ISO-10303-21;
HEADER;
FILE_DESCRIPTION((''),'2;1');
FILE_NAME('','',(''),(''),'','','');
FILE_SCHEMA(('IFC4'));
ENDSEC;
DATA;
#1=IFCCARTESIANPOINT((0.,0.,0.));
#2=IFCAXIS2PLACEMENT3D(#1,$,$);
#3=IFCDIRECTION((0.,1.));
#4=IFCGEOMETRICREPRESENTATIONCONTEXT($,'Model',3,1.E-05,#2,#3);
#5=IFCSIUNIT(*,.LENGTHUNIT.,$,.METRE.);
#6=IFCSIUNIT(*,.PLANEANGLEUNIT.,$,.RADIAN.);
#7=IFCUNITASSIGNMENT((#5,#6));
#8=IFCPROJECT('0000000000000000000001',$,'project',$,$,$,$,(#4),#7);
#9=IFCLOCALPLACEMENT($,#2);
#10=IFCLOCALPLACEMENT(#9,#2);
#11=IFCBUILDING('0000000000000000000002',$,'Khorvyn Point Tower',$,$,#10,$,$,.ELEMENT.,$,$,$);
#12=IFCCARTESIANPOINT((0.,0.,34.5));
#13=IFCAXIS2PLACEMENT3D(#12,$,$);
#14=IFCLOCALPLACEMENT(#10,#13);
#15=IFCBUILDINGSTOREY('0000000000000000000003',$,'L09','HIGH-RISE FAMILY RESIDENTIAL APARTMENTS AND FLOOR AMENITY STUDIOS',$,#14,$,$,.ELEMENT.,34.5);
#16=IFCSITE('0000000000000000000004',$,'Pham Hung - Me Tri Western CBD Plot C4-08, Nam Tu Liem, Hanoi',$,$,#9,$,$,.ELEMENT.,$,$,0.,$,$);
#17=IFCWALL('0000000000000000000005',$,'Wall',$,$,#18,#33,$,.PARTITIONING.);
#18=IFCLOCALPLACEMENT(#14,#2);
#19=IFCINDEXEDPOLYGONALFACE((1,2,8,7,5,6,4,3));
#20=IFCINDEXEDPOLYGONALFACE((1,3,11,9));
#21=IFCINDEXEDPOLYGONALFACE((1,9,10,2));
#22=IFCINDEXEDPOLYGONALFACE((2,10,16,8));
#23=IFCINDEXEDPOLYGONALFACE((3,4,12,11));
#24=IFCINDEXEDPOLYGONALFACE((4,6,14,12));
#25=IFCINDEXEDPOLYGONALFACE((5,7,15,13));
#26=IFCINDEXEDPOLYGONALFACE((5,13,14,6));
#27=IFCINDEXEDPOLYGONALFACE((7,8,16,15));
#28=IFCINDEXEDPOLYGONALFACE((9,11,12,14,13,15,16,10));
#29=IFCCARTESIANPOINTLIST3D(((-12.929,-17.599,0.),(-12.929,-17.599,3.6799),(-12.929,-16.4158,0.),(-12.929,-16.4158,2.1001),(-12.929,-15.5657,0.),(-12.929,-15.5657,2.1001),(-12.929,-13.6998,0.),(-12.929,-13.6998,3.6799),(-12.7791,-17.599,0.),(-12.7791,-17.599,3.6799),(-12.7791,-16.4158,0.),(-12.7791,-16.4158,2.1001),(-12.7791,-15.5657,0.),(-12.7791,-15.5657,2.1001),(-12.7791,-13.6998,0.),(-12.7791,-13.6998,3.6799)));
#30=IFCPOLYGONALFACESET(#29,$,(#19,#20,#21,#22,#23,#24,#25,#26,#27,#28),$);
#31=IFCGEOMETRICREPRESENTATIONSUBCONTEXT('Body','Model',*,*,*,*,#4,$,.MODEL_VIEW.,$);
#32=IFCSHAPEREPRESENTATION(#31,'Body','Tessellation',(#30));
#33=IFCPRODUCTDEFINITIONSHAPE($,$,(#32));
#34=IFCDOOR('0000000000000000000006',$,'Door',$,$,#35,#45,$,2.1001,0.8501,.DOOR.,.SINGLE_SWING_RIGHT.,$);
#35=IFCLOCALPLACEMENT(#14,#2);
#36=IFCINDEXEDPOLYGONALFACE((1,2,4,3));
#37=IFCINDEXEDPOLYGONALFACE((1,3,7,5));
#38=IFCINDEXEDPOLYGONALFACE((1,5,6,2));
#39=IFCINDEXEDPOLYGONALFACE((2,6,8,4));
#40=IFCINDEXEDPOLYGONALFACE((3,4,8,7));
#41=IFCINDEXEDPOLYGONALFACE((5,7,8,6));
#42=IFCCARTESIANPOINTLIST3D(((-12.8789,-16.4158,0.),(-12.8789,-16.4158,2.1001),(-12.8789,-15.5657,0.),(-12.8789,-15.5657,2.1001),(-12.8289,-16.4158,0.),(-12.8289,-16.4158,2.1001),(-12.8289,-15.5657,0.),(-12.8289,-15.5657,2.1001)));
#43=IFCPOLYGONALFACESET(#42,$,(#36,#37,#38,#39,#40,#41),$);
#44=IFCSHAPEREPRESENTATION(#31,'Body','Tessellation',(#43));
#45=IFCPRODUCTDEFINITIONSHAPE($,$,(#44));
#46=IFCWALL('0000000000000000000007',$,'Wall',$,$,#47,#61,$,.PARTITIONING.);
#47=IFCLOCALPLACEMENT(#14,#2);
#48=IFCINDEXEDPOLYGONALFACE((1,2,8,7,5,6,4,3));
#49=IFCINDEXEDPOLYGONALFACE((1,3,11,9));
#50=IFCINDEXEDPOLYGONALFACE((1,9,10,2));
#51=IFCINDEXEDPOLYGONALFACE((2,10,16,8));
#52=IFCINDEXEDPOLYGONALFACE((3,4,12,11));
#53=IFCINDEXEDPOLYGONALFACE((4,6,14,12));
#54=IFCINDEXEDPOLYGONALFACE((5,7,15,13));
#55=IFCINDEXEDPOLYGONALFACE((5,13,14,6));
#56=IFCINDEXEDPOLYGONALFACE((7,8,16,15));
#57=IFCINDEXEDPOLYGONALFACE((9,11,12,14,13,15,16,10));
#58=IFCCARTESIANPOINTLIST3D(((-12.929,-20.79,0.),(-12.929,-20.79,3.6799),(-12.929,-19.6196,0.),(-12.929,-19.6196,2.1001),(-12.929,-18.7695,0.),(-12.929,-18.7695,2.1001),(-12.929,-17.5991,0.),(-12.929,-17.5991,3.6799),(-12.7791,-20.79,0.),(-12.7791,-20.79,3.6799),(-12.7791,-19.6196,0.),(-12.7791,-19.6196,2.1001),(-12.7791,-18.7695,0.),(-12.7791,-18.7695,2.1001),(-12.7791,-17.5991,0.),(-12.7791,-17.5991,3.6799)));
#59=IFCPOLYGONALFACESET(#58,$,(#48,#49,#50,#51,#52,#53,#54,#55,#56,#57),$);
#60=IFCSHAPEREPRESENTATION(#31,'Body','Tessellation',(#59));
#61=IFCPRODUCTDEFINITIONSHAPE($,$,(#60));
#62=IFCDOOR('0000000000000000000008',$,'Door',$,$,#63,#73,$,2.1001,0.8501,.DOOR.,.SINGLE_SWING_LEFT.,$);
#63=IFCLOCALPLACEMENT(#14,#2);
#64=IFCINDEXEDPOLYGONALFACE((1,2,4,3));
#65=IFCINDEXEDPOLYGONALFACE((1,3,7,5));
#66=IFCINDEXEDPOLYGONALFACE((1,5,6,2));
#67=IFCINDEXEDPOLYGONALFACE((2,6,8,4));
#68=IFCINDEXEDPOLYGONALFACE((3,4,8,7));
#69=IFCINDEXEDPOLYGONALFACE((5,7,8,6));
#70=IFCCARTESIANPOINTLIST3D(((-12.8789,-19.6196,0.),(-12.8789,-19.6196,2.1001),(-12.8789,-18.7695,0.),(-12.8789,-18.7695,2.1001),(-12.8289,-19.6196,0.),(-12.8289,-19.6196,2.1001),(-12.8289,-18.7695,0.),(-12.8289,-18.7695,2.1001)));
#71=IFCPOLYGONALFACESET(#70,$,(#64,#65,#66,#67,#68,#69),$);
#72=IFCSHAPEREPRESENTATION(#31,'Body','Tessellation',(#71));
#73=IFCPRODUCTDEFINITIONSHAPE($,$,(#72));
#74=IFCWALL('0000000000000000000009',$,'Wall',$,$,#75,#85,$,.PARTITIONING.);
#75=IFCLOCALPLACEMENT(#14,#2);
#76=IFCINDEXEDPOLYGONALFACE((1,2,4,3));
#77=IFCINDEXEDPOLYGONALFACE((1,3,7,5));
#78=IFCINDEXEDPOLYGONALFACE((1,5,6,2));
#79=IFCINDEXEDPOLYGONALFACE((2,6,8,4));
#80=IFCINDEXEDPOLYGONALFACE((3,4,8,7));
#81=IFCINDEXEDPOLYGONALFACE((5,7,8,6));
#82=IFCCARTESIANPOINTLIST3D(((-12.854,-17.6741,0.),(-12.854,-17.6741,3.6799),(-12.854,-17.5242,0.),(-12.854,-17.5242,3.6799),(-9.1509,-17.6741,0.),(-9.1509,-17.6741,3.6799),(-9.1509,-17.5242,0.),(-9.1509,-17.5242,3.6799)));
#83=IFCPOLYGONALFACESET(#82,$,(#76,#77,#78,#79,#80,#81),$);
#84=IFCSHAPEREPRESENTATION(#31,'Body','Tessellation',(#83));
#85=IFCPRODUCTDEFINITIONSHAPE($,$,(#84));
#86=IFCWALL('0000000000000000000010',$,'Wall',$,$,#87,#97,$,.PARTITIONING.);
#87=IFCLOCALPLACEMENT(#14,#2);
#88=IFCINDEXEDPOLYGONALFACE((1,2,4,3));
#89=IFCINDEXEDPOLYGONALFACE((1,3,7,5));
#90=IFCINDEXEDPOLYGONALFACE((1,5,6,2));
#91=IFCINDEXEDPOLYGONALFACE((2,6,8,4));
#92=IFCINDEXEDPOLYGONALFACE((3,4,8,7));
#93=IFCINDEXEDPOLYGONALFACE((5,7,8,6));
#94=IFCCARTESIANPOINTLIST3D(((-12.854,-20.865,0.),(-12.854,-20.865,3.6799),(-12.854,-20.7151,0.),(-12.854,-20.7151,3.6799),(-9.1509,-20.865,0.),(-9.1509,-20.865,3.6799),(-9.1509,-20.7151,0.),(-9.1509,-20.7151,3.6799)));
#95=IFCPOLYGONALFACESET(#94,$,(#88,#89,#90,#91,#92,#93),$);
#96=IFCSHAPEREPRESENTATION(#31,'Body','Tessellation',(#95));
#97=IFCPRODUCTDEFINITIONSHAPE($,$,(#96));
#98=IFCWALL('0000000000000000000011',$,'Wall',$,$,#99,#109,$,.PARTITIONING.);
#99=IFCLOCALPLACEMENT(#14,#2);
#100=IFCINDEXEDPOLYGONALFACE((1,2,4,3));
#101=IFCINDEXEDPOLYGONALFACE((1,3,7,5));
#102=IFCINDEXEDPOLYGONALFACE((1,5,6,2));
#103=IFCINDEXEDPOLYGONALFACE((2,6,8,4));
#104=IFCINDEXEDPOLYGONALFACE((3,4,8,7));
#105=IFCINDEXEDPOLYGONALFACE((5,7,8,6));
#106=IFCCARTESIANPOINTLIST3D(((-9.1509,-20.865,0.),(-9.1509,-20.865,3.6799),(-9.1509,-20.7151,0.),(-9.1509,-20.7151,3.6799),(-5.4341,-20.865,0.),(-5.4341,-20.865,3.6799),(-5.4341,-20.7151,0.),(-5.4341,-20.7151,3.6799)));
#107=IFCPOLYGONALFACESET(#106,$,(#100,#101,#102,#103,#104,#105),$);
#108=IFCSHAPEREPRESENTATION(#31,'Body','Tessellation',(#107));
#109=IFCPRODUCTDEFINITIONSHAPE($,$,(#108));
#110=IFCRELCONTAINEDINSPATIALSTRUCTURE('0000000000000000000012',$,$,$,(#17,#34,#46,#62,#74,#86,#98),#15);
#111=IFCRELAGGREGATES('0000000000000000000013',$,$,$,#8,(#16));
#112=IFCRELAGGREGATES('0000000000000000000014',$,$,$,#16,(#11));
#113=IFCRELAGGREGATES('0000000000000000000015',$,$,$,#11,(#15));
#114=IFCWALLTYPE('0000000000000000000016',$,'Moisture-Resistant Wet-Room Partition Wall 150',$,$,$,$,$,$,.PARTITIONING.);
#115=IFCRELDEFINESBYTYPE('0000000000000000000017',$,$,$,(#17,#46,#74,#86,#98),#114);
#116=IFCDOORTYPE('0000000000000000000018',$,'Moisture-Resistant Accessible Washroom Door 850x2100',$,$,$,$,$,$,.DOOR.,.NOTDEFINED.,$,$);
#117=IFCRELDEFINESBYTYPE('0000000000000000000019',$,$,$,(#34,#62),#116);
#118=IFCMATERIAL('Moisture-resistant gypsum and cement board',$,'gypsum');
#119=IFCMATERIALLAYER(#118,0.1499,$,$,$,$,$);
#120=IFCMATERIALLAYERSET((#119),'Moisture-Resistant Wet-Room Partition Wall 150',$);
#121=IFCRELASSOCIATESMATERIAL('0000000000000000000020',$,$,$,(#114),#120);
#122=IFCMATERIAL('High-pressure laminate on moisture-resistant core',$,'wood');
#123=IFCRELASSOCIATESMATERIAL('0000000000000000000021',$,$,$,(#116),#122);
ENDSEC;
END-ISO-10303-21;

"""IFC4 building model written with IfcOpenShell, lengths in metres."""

from ifc_helpers import new_model, si_unit, direction, frame, frame_2d, origin, place, context, subcontext, project, spatial, rectangle, extrude, material, layer, layer_set, type_object, element, fill, save


model = new_model("IFC4")

# Units and contexts
model_context = context("Model", 3, precision=1e-05, world=origin(), true_north=direction((0.0, 1.0)))
body_context = subcontext(model_context, "Body", "Model", "MODEL_VIEW")
ifc_project = project(units=[si_unit("LENGTHUNIT", "METRE"), si_unit("PLANEANGLEUNIT", "RADIAN")], contexts=[model_context])

# Site, building, storey
site_placement = place(None, origin())
site = spatial("IfcSite", under=ifc_project, at=site_placement, Name="Pham Hung - Me Tri Western CBD Plot C4-08, Nam Tu Liem, Hanoi", CompositionType="ELEMENT", RefElevation=0.0)
building_placement = place(site_placement, origin())
building = spatial("IfcBuilding", under=site, at=building_placement, Name="Khorvyn Point Tower", CompositionType="ELEMENT")
storey_placement = place(building_placement, frame((0.0, 0.0, 34.5)))
storey = spatial("IfcBuildingStorey", under=building, at=storey_placement, Name="L09", Description="HIGH-RISE FAMILY RESIDENTIAL APARTMENTS AND FLOOR AMENITY STUDIOS", CompositionType="ELEMENT", Elevation=34.5)

# Walls, openings, doors
ifc_material_1 = material(Name="Moisture-resistant gypsum and cement board", Category="gypsum")
ifc_layer_1 = layer(ifc_material_1, 0.1499)
ifc_layer_set_1 = layer_set([ifc_layer_1], Name="Moisture-Resistant Wet-Room Partition Wall 150")
wall_type_1 = type_object("IfcWallType", Name="Moisture-Resistant Wet-Room Partition Wall 150", PredefinedType="PARTITIONING", material=ifc_layer_set_1)
wall_1_placement = place(storey_placement, frame((-12.854, -17.5991, 0.0), z_axis=(0.0, 0.0, 1.0), x_axis=(0.0, 1.0, 0.0)))
wall_1 = element("IfcWall", 1, at=wall_1_placement, inside=storey, type_object=wall_type_1, Name="Wall", PredefinedType="PARTITIONING", context=body_context, shape_type="SweptSolid", body=[
    extrude(rectangle(XDim=3.8992, YDim=0.1499, at=frame_2d((1.9497, 0.0))), origin(), (0.0, 0.0, 1.0), 3.6799),
])
opening_1_placement = place(wall_1_placement, frame((1.1833, 0.0, 0.0)))
opening_1 = element("IfcOpeningElement", 2, at=opening_1_placement, cuts=wall_1, PredefinedType="OPENING", context=body_context, shape_type="SweptSolid", body=[
    extrude(rectangle(XDim=0.8501, YDim=2.1001, at=frame_2d((0.425, 1.05))), frame((0.0, 0.085, 0.0), z_axis=(0.0, -1.0, 0.0), x_axis=(1.0, 0.0, 0.0)), (0.0, 0.0, 1.0), 0.1699),
])
ifc_material_2 = material(Name="High-pressure laminate on moisture-resistant core", Category="wood")
door_type_1 = type_object("IfcDoorType", Name="Moisture-Resistant Accessible Washroom Door 850x2100", OperationType="NOTDEFINED", PredefinedType="DOOR", material=ifc_material_2)
door_1_placement = place(opening_1_placement, origin())
door_1 = element("IfcDoor", 3, at=door_1_placement, inside=storey, type_object=door_type_1, Name="Door", OperationType="SINGLE_SWING_RIGHT", OverallHeight=2.1001, OverallWidth=0.8501, PredefinedType="DOOR", context=body_context, shape_type="SweptSolid", body=[
    extrude(rectangle(XDim=0.8501, YDim=2.1001, at=frame_2d((0.425, 1.05))), frame((0.0, 0.0249, 0.0), z_axis=(0.0, -1.0, 0.0), x_axis=(1.0, 0.0, 0.0)), (0.0, 0.0, 1.0), 0.05),
])
fill(opening_1, door_1)
wall_2_placement = place(storey_placement, frame((-12.854, -20.79, 0.0), z_axis=(0.0, 0.0, 1.0), x_axis=(0.0, 1.0, 0.0)))
wall_2 = element("IfcWall", 4, at=wall_2_placement, inside=storey, type_object=wall_type_1, Name="Wall", PredefinedType="PARTITIONING", context=body_context, shape_type="SweptSolid", body=[
    extrude(rectangle(XDim=3.1909, YDim=0.1499, at=frame_2d((1.5955, 0.0))), origin(), (0.0, 0.0, 1.0), 3.6799),
])
opening_2_placement = place(wall_2_placement, frame((1.1704, 0.0, 0.0)))
opening_2 = element("IfcOpeningElement", 5, at=opening_2_placement, cuts=wall_2, PredefinedType="OPENING", context=body_context, shape_type="SweptSolid", body=[
    extrude(rectangle(XDim=0.8501, YDim=2.1001, at=frame_2d((0.425, 1.05))), frame((0.0, 0.085, 0.0), z_axis=(0.0, -1.0, 0.0), x_axis=(1.0, 0.0, 0.0)), (0.0, 0.0, 1.0), 0.1699),
])
door_2_placement = place(opening_2_placement, origin())
door_2 = element("IfcDoor", 6, at=door_2_placement, inside=storey, type_object=door_type_1, Name="Door", OperationType="SINGLE_SWING_LEFT", OverallHeight=2.1001, OverallWidth=0.8501, PredefinedType="DOOR", context=body_context, shape_type="SweptSolid", body=[
    extrude(rectangle(XDim=0.8501, YDim=2.1001, at=frame_2d((0.425, 1.05))), frame((0.0, 0.0249, 0.0), z_axis=(0.0, -1.0, 0.0), x_axis=(1.0, 0.0, 0.0)), (0.0, 0.0, 1.0), 0.05),
])
fill(opening_2, door_2)

# Walls
for number, where, z_axis, x_axis, name in (
    (7, (-12.854, -17.5991, 0.0), (0.0, 0.0, 1.0), (1.0, 0.0, 0.0), "Wall"),
    (8, (-12.854, -20.79, 0.0), (0.0, 0.0, 1.0), (1.0, 0.0, 0.0), "Wall"),
):
    element("IfcWall", number, at=place(storey_placement, frame(where, z_axis=z_axis, x_axis=x_axis)), inside=storey, type_object=wall_type_1, Name=name, PredefinedType="PARTITIONING", context=body_context, shape_type="SweptSolid", body=[
        extrude(rectangle(XDim=3.7031, YDim=0.1499, at=frame_2d((1.8516, 0.0))), origin(), (0.0, 0.0, 1.0), 3.6799),
    ])
wall_3_placement = place(storey_placement, frame((-9.1509, -20.79, 0.0), z_axis=(0.0, 0.0, 1.0), x_axis=(1.0, 0.0, 0.0)))
element("IfcWall", 9, at=wall_3_placement, inside=storey, type_object=wall_type_1, Name="Wall", PredefinedType="PARTITIONING", context=body_context, shape_type="SweptSolid", body=[
    extrude(rectangle(XDim=3.7168, YDim=0.1499, at=frame_2d((1.8584, 0.0))), origin(), (0.0, 0.0, 1.0), 3.6799),
])

save(model, "model.ifc")
